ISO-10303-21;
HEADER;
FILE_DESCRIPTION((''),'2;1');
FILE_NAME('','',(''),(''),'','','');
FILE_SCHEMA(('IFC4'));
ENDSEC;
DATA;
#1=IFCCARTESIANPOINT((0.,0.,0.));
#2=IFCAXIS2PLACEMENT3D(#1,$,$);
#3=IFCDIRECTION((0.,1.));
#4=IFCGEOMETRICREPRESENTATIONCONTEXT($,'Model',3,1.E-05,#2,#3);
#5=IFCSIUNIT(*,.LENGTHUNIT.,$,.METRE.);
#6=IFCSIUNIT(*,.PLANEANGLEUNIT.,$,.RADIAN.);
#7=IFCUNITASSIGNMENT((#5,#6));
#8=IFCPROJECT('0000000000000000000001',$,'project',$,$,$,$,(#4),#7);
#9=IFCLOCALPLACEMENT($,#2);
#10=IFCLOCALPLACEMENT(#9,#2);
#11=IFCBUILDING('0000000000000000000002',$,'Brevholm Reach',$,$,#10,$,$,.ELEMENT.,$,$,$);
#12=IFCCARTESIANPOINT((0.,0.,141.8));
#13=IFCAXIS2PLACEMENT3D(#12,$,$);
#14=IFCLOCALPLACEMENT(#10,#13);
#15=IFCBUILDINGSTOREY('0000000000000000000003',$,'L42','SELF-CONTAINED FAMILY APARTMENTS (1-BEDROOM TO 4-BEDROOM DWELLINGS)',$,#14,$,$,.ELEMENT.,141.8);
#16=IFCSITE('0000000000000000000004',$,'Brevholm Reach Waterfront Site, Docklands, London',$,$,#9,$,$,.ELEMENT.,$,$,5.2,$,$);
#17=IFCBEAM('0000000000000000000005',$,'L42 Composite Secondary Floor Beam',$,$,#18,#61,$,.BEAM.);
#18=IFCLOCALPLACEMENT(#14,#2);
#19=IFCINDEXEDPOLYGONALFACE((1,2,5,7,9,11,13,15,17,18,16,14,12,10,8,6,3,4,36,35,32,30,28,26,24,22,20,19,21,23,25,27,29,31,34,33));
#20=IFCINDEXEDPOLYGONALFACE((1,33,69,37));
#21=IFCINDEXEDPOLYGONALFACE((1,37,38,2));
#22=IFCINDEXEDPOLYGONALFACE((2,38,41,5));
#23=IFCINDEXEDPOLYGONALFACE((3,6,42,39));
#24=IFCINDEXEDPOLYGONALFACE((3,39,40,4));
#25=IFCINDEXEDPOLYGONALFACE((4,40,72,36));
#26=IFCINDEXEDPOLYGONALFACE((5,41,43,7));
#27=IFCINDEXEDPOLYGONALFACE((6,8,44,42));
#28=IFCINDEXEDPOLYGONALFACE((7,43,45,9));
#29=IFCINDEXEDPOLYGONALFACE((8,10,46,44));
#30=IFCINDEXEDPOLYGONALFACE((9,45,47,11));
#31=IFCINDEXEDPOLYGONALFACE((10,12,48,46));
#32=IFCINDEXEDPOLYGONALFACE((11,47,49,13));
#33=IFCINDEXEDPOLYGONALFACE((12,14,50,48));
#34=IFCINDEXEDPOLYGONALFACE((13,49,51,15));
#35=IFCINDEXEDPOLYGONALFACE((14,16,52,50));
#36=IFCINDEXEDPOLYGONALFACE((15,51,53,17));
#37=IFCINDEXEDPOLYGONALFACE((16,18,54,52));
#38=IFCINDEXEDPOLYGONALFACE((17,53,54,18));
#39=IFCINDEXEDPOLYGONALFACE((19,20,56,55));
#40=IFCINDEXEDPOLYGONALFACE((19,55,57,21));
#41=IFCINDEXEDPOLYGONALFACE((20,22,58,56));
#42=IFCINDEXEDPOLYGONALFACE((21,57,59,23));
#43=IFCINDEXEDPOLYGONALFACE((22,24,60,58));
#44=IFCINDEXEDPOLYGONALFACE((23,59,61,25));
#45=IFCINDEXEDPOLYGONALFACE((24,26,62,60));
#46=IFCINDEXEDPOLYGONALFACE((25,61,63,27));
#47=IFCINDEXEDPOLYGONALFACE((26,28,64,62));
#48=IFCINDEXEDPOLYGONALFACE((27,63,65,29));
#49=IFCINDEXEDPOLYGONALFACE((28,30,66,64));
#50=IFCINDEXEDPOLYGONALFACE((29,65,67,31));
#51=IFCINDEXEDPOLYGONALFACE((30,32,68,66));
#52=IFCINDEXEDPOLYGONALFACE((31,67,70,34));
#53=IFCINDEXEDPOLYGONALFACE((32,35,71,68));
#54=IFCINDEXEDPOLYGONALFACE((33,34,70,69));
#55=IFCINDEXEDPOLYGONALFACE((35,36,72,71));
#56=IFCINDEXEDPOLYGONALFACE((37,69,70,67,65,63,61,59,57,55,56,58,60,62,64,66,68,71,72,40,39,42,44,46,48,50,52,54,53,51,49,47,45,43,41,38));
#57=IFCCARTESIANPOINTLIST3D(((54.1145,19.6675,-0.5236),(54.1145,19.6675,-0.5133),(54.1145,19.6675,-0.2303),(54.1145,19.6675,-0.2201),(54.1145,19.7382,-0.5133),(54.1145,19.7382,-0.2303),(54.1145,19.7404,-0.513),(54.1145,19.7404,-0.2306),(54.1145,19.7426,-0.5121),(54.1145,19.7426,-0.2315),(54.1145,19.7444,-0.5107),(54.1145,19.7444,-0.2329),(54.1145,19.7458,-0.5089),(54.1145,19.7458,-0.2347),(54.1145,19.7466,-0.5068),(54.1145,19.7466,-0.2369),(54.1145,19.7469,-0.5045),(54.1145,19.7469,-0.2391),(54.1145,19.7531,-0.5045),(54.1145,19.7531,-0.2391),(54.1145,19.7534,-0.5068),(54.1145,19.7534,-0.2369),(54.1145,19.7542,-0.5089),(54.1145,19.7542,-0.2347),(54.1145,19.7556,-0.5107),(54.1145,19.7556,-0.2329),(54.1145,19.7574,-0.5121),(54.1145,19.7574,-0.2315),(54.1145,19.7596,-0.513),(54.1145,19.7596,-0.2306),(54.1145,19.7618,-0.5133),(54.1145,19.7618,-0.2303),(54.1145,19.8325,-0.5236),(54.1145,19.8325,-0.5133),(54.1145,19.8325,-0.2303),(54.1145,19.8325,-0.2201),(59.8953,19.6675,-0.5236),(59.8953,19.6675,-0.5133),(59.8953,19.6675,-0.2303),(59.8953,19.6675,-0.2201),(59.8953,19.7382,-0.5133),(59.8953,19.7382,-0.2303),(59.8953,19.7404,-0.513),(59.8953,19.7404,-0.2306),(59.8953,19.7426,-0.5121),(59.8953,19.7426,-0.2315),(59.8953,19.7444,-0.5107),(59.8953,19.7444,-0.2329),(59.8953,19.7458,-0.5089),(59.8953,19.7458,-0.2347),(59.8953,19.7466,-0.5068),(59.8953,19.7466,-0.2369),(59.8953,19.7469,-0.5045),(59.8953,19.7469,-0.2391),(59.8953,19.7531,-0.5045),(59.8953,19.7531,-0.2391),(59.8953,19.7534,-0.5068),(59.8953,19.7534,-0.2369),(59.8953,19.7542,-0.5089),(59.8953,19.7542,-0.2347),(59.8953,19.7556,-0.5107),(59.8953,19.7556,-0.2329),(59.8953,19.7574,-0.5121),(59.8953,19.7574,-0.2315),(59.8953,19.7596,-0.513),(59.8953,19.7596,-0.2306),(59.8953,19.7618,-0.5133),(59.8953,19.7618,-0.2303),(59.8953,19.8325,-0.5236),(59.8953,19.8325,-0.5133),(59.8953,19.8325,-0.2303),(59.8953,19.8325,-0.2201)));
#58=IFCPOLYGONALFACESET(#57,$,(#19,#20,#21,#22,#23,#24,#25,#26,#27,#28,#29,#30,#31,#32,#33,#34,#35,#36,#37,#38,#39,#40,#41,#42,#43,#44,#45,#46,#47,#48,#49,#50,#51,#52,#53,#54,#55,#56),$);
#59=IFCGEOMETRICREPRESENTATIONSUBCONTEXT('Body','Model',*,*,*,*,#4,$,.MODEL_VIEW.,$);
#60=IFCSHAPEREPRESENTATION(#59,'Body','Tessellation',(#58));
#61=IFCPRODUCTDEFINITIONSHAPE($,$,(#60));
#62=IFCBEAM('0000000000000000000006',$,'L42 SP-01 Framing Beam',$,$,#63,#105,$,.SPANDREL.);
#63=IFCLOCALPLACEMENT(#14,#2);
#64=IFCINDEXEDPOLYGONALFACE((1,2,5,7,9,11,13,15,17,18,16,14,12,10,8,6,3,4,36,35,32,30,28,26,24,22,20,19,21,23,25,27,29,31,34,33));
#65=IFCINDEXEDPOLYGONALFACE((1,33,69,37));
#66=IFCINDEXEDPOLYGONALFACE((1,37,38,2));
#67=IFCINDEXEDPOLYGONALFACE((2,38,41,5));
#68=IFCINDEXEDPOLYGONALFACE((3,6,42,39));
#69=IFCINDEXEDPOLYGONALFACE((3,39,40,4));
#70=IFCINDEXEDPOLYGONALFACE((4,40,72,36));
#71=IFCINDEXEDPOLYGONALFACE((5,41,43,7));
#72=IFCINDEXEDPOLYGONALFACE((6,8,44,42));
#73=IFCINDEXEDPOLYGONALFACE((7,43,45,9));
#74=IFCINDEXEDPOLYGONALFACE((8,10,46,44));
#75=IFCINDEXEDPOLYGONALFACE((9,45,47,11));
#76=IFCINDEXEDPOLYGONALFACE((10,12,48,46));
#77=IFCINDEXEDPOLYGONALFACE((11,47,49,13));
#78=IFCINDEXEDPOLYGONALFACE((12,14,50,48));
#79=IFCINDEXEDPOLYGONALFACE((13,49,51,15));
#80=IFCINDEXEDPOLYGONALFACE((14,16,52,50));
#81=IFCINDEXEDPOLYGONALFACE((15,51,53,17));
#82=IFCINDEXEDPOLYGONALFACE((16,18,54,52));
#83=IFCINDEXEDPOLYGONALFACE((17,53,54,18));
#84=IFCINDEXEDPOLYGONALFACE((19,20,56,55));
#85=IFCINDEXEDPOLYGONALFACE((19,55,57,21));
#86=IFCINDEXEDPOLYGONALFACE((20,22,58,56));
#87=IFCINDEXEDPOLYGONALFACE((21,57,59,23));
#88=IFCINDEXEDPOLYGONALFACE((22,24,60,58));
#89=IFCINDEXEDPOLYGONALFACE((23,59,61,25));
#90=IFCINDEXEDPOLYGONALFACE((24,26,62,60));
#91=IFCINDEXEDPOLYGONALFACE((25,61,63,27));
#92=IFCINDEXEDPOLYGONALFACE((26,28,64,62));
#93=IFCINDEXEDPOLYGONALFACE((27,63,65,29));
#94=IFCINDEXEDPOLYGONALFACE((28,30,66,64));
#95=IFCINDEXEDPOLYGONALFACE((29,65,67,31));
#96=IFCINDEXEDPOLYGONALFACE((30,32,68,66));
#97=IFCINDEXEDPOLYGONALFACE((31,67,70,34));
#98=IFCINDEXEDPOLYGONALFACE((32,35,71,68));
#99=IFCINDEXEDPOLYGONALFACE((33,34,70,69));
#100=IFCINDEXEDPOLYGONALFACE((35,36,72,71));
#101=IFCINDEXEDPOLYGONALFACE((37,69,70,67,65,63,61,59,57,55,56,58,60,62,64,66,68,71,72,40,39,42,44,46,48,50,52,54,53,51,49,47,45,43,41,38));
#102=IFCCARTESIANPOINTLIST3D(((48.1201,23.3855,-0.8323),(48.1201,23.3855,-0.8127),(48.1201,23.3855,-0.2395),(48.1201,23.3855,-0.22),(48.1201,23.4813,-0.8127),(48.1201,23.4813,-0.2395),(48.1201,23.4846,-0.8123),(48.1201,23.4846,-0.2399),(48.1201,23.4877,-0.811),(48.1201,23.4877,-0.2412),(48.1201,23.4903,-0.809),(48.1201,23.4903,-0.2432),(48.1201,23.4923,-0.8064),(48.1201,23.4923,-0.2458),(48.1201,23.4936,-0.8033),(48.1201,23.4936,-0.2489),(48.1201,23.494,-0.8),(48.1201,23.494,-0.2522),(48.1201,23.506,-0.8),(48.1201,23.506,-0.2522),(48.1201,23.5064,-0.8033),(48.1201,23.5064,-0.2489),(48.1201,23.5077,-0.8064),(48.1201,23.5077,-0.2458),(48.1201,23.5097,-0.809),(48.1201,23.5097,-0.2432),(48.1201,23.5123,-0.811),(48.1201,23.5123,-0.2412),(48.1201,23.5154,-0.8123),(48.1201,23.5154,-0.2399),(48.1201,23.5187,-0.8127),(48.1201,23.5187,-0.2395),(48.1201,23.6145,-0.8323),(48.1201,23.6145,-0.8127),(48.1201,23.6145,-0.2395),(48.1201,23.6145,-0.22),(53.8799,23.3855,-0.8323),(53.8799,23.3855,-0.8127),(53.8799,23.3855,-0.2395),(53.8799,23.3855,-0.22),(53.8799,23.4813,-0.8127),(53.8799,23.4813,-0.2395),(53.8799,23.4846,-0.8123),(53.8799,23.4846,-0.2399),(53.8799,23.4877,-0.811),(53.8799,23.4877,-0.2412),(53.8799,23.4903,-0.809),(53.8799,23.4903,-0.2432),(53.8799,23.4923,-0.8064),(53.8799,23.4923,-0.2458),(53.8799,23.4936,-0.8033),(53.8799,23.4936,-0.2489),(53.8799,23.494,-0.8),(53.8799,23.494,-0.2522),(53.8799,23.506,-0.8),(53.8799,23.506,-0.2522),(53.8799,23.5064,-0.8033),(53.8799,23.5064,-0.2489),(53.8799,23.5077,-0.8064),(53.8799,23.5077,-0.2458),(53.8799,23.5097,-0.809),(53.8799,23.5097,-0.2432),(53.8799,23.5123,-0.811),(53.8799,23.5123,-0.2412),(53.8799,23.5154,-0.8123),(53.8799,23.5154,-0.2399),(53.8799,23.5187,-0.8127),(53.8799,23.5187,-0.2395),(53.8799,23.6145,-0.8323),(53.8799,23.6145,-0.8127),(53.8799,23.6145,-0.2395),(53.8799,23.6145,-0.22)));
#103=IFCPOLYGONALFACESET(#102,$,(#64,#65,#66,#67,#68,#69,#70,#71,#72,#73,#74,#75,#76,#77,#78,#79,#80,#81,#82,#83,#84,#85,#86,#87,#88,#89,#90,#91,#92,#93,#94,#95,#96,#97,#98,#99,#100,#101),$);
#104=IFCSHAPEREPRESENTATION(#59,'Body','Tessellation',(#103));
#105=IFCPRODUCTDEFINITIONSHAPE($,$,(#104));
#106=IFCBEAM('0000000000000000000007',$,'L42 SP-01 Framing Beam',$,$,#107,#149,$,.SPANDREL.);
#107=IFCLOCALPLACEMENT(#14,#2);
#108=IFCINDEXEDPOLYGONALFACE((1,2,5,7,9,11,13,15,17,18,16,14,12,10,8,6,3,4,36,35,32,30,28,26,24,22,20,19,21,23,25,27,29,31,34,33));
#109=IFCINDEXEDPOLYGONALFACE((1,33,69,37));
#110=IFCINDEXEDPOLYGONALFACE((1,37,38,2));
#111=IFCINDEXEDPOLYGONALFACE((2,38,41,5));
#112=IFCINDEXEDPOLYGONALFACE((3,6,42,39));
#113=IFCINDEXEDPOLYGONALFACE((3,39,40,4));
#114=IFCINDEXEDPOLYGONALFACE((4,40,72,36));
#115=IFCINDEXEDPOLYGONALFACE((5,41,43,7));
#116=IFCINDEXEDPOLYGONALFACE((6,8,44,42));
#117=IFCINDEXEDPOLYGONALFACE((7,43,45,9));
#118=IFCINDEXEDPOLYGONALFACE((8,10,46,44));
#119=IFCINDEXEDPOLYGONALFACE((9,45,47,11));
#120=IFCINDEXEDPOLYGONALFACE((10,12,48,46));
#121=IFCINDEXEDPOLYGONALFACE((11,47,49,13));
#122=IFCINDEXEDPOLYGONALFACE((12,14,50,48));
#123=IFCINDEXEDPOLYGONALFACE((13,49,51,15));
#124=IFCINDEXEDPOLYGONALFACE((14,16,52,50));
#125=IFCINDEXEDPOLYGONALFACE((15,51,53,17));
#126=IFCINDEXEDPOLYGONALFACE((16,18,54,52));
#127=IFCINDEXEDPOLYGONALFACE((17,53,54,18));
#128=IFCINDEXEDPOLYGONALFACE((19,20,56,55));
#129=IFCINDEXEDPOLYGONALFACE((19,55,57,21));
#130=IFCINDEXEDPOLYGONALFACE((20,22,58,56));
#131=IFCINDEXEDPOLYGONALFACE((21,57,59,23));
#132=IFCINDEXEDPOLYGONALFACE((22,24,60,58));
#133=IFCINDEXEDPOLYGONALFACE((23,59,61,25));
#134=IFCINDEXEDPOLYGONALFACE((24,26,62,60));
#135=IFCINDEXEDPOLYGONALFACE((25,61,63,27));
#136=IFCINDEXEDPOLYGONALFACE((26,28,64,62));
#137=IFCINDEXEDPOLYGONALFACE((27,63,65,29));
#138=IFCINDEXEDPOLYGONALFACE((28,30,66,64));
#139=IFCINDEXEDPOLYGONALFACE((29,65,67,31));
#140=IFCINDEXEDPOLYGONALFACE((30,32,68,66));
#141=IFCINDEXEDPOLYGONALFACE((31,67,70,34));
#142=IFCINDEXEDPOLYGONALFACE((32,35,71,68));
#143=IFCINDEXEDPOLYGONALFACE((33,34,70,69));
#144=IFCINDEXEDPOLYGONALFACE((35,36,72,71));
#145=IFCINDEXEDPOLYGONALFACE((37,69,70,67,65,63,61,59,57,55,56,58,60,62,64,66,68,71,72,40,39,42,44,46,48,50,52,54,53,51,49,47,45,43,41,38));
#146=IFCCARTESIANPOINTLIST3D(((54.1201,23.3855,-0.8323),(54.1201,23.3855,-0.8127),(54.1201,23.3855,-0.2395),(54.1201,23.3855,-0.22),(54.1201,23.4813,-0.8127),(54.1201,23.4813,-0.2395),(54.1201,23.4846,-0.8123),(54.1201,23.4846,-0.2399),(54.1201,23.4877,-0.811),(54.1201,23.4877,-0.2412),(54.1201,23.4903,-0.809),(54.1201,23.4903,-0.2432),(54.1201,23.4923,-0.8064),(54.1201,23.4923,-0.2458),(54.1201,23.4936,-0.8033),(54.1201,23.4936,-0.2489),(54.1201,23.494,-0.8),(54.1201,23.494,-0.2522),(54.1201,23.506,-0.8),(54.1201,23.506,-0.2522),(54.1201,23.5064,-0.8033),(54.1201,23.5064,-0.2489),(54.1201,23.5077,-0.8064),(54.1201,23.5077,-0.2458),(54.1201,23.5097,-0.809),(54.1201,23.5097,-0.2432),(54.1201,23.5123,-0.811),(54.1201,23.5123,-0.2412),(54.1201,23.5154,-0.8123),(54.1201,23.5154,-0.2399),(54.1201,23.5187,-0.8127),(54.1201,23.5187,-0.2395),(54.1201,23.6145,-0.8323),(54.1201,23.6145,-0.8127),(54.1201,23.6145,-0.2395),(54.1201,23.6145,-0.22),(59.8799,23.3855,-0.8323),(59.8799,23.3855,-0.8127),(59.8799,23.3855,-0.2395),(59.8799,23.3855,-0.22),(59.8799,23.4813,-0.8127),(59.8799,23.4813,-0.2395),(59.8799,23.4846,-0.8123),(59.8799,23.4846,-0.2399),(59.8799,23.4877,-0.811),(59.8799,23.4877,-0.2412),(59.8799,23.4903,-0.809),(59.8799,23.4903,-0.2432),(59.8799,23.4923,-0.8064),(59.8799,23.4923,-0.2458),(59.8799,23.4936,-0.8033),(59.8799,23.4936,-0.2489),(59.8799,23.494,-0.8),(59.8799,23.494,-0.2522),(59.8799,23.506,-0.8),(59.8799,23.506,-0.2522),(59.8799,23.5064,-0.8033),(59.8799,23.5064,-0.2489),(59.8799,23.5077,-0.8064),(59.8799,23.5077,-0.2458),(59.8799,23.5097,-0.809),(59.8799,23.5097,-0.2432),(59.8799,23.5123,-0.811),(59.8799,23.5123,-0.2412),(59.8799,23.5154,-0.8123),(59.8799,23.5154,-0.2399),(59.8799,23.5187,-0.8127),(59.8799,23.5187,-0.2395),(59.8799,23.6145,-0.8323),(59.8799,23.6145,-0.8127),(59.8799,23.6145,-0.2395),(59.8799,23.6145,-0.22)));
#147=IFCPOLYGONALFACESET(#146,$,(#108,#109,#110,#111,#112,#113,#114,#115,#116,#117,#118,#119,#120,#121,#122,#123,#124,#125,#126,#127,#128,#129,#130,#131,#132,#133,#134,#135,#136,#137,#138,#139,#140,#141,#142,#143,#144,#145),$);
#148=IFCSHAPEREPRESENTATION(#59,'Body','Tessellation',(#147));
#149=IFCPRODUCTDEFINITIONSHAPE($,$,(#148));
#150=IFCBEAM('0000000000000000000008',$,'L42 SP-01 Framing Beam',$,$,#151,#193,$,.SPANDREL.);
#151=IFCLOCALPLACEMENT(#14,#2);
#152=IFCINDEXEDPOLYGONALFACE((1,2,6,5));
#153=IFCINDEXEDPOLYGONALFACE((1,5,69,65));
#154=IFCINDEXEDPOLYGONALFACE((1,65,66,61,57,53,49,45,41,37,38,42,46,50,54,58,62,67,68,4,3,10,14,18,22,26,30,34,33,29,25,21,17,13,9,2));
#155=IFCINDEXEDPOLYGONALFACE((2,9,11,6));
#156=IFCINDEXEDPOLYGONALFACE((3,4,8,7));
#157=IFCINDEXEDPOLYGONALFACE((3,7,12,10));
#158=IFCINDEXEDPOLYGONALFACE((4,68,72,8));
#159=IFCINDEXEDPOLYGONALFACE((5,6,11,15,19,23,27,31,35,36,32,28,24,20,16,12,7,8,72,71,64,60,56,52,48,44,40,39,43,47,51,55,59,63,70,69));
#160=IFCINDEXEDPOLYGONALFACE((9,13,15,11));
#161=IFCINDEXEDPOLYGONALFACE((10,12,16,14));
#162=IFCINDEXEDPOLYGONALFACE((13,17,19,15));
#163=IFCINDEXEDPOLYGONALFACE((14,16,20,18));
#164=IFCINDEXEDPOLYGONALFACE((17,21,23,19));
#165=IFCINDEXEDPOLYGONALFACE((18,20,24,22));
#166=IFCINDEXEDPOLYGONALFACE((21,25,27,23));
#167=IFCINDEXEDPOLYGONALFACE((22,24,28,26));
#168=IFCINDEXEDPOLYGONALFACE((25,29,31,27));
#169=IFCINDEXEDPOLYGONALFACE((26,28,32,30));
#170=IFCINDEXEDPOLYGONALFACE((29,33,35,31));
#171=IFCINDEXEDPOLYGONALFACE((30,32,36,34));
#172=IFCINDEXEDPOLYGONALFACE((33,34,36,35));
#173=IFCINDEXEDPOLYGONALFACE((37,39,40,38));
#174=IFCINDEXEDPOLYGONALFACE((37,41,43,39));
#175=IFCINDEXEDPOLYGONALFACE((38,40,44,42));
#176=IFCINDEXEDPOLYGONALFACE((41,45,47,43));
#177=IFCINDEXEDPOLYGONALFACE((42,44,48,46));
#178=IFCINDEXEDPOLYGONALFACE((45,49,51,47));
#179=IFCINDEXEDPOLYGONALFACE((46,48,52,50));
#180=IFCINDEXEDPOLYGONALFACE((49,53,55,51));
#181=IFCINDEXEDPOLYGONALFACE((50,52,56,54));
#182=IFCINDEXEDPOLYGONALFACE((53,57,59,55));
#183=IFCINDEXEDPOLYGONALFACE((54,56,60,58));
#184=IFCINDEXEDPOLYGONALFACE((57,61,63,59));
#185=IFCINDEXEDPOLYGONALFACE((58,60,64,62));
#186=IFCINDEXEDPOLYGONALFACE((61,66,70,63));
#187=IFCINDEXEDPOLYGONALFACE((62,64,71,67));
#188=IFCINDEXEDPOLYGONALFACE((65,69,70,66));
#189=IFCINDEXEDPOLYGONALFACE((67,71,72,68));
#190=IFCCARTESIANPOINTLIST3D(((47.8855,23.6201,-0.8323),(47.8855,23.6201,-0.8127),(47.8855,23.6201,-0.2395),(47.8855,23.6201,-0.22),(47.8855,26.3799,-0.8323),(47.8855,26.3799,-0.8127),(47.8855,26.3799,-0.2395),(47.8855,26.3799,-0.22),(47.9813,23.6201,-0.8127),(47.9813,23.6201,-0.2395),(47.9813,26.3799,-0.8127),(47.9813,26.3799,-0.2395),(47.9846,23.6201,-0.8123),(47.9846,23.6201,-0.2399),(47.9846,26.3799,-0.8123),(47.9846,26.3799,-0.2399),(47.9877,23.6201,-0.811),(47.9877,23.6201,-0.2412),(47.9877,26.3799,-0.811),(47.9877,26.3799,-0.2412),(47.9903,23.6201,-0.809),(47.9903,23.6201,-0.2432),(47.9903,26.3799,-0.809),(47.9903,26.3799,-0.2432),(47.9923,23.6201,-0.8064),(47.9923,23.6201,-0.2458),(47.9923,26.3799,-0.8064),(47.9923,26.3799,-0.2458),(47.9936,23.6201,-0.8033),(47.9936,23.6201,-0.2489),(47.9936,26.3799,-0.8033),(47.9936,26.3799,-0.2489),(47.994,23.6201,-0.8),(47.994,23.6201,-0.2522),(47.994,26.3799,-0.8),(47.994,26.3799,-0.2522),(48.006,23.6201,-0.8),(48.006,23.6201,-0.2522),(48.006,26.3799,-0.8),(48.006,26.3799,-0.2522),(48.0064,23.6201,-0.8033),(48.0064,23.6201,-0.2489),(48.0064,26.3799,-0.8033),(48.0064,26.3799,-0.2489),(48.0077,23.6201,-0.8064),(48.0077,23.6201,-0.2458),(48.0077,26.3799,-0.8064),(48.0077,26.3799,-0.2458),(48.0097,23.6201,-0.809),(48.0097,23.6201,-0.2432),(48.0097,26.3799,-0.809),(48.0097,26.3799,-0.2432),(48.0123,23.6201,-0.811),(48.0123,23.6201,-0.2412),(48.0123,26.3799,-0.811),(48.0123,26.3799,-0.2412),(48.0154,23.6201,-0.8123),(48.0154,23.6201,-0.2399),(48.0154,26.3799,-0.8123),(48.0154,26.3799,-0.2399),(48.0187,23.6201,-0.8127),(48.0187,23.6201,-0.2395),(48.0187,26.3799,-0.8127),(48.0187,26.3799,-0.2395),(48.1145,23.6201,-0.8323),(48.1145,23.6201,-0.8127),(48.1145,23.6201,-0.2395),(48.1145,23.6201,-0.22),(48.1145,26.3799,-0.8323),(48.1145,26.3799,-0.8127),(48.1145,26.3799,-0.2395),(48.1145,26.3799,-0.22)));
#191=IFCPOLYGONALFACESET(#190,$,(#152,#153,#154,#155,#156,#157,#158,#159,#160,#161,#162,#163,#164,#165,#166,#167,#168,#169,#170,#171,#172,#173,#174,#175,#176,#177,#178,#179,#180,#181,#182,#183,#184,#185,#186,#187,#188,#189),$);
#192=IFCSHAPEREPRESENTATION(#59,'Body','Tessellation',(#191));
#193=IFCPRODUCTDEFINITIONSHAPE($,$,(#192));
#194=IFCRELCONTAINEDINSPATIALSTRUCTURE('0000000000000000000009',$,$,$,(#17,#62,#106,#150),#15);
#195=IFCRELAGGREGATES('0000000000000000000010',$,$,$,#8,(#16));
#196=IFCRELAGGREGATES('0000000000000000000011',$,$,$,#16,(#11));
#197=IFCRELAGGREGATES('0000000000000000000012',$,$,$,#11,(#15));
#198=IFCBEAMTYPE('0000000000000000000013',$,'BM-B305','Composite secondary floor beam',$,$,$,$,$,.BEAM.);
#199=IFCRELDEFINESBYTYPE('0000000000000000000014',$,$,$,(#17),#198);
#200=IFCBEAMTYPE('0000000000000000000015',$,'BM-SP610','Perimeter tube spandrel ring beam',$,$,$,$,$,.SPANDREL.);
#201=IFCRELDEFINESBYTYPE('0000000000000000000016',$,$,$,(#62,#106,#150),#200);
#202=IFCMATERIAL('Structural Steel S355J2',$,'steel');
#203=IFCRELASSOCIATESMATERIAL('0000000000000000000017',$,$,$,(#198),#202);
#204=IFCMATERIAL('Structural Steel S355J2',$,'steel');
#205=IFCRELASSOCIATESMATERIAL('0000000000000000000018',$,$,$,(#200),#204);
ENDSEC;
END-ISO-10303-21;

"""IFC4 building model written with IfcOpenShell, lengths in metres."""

from ifc_helpers import new_model, si_unit, direction, frame, origin, origin_2d, place, context, subcontext, project, spatial, i_section, extrude, material, material_profile, profile_set, type_object, element, save


model = new_model("IFC4")

# Units and contexts
model_context = context("Model", 3, precision=1e-05, world=origin(), true_north=direction((0.0, 1.0)))
body_context = subcontext(model_context, "Body", "Model", "MODEL_VIEW")
ifc_project = project(units=[si_unit("LENGTHUNIT", "METRE"), si_unit("PLANEANGLEUNIT", "RADIAN")], contexts=[model_context])

# Site, building, storey
site_placement = place(None, origin())
site = spatial("IfcSite", under=ifc_project, at=site_placement, Name="Brevholm Reach Waterfront Site, Docklands, London", CompositionType="ELEMENT", RefElevation=5.2)
building_placement = place(site_placement, origin())
building = spatial("IfcBuilding", under=site, at=building_placement, Name="Brevholm Reach", CompositionType="ELEMENT")
storey_placement = place(building_placement, frame((0.0, 0.0, 141.8)))
storey = spatial("IfcBuildingStorey", under=building, at=storey_placement, Name="L42", Description="SELF-CONTAINED FAMILY APARTMENTS (1-BEDROOM TO 4-BEDROOM DWELLINGS)", CompositionType="ELEMENT", Elevation=141.8)

# Beams
ifc_material_1 = material(Name="Structural Steel S355J2", Category="steel")
ifc_material_profile_1 = material_profile(ifc_material_1, i_section(OverallWidth=0.165, OverallDepth=0.3035, WebThickness=0.0061, FlangeThickness=0.0103, FilletRadius=0.0088, at=origin_2d()), Name="UKB 305x165x40")
ifc_profile_set_1 = profile_set([ifc_material_profile_1], Name="Structural Steel S355J2")
beam_type_1 = type_object("IfcBeamType", Name="BM-B305", Description="Composite secondary floor beam", PredefinedType="BEAM", material=ifc_profile_set_1)
beam_1_placement = place(storey_placement, frame((54.1145, 19.75, -0.3718), z_axis=(1.0, 0.0, 0.0), x_axis=(0.0, 1.0, 0.0)))
element("IfcBeam", 1, at=beam_1_placement, inside=storey, type_object=beam_type_1, Name="L42 Composite Secondary Floor Beam", PredefinedType="BEAM", context=body_context, shape_type="SweptSolid", body=[
    extrude(i_section(OverallWidth=0.165, OverallDepth=0.3035, WebThickness=0.0061, FlangeThickness=0.0103, FilletRadius=0.0088, at=origin_2d()), origin(), (0.0, 0.0, 1.0), 5.7808),
])
ifc_material_2 = material(Name="Structural Steel S355J2", Category="steel")
ifc_material_profile_2 = material_profile(ifc_material_2, i_section(OverallWidth=0.229, OverallDepth=0.6123, WebThickness=0.012, FlangeThickness=0.0195, FilletRadius=0.0127, at=origin_2d()), Name="UKB 610x229x125")
ifc_profile_set_2 = profile_set([ifc_material_profile_2], Name="Structural Steel S355J2")
beam_type_2 = type_object("IfcBeamType", Name="BM-SP610", Description="Perimeter tube spandrel ring beam", PredefinedType="SPANDREL", material=ifc_profile_set_2)
for number, where, z_axis, x_axis, name in (
    (2, (48.1201, 23.5, -0.5261), (1.0, 0.0, 0.0), (0.0, 1.0, 0.0), "L42 SP-01 Framing Beam"),
    (3, (54.1201, 23.5, -0.5261), (1.0, 0.0, 0.0), (0.0, 1.0, 0.0), "L42 SP-01 Framing Beam"),
):
    element("IfcBeam", number, at=place(storey_placement, frame(where, z_axis=z_axis, x_axis=x_axis)), inside=storey, type_object=beam_type_2, Name=name, PredefinedType="SPANDREL", context=body_context, shape_type="SweptSolid", body=[
        extrude(i_section(OverallWidth=0.229, OverallDepth=0.6123, WebThickness=0.012, FlangeThickness=0.0195, FilletRadius=0.0127, at=origin_2d()), origin(), (0.0, 0.0, 1.0), 5.7598),
    ])
beam_2_placement = place(storey_placement, frame((48.0, 23.6201, -0.5261), z_axis=(0.0, 1.0, 0.0), x_axis=(-1.0, 0.0, 0.0)))
element("IfcBeam", 4, at=beam_2_placement, inside=storey, type_object=beam_type_2, Name="L42 SP-01 Framing Beam", PredefinedType="SPANDREL", context=body_context, shape_type="SweptSolid", body=[
    extrude(i_section(OverallWidth=0.229, OverallDepth=0.6123, WebThickness=0.012, FlangeThickness=0.0195, FilletRadius=0.0127, at=origin_2d()), origin(), (0.0, 0.0, 1.0), 2.7598),
])

save(model, "model.ifc")
